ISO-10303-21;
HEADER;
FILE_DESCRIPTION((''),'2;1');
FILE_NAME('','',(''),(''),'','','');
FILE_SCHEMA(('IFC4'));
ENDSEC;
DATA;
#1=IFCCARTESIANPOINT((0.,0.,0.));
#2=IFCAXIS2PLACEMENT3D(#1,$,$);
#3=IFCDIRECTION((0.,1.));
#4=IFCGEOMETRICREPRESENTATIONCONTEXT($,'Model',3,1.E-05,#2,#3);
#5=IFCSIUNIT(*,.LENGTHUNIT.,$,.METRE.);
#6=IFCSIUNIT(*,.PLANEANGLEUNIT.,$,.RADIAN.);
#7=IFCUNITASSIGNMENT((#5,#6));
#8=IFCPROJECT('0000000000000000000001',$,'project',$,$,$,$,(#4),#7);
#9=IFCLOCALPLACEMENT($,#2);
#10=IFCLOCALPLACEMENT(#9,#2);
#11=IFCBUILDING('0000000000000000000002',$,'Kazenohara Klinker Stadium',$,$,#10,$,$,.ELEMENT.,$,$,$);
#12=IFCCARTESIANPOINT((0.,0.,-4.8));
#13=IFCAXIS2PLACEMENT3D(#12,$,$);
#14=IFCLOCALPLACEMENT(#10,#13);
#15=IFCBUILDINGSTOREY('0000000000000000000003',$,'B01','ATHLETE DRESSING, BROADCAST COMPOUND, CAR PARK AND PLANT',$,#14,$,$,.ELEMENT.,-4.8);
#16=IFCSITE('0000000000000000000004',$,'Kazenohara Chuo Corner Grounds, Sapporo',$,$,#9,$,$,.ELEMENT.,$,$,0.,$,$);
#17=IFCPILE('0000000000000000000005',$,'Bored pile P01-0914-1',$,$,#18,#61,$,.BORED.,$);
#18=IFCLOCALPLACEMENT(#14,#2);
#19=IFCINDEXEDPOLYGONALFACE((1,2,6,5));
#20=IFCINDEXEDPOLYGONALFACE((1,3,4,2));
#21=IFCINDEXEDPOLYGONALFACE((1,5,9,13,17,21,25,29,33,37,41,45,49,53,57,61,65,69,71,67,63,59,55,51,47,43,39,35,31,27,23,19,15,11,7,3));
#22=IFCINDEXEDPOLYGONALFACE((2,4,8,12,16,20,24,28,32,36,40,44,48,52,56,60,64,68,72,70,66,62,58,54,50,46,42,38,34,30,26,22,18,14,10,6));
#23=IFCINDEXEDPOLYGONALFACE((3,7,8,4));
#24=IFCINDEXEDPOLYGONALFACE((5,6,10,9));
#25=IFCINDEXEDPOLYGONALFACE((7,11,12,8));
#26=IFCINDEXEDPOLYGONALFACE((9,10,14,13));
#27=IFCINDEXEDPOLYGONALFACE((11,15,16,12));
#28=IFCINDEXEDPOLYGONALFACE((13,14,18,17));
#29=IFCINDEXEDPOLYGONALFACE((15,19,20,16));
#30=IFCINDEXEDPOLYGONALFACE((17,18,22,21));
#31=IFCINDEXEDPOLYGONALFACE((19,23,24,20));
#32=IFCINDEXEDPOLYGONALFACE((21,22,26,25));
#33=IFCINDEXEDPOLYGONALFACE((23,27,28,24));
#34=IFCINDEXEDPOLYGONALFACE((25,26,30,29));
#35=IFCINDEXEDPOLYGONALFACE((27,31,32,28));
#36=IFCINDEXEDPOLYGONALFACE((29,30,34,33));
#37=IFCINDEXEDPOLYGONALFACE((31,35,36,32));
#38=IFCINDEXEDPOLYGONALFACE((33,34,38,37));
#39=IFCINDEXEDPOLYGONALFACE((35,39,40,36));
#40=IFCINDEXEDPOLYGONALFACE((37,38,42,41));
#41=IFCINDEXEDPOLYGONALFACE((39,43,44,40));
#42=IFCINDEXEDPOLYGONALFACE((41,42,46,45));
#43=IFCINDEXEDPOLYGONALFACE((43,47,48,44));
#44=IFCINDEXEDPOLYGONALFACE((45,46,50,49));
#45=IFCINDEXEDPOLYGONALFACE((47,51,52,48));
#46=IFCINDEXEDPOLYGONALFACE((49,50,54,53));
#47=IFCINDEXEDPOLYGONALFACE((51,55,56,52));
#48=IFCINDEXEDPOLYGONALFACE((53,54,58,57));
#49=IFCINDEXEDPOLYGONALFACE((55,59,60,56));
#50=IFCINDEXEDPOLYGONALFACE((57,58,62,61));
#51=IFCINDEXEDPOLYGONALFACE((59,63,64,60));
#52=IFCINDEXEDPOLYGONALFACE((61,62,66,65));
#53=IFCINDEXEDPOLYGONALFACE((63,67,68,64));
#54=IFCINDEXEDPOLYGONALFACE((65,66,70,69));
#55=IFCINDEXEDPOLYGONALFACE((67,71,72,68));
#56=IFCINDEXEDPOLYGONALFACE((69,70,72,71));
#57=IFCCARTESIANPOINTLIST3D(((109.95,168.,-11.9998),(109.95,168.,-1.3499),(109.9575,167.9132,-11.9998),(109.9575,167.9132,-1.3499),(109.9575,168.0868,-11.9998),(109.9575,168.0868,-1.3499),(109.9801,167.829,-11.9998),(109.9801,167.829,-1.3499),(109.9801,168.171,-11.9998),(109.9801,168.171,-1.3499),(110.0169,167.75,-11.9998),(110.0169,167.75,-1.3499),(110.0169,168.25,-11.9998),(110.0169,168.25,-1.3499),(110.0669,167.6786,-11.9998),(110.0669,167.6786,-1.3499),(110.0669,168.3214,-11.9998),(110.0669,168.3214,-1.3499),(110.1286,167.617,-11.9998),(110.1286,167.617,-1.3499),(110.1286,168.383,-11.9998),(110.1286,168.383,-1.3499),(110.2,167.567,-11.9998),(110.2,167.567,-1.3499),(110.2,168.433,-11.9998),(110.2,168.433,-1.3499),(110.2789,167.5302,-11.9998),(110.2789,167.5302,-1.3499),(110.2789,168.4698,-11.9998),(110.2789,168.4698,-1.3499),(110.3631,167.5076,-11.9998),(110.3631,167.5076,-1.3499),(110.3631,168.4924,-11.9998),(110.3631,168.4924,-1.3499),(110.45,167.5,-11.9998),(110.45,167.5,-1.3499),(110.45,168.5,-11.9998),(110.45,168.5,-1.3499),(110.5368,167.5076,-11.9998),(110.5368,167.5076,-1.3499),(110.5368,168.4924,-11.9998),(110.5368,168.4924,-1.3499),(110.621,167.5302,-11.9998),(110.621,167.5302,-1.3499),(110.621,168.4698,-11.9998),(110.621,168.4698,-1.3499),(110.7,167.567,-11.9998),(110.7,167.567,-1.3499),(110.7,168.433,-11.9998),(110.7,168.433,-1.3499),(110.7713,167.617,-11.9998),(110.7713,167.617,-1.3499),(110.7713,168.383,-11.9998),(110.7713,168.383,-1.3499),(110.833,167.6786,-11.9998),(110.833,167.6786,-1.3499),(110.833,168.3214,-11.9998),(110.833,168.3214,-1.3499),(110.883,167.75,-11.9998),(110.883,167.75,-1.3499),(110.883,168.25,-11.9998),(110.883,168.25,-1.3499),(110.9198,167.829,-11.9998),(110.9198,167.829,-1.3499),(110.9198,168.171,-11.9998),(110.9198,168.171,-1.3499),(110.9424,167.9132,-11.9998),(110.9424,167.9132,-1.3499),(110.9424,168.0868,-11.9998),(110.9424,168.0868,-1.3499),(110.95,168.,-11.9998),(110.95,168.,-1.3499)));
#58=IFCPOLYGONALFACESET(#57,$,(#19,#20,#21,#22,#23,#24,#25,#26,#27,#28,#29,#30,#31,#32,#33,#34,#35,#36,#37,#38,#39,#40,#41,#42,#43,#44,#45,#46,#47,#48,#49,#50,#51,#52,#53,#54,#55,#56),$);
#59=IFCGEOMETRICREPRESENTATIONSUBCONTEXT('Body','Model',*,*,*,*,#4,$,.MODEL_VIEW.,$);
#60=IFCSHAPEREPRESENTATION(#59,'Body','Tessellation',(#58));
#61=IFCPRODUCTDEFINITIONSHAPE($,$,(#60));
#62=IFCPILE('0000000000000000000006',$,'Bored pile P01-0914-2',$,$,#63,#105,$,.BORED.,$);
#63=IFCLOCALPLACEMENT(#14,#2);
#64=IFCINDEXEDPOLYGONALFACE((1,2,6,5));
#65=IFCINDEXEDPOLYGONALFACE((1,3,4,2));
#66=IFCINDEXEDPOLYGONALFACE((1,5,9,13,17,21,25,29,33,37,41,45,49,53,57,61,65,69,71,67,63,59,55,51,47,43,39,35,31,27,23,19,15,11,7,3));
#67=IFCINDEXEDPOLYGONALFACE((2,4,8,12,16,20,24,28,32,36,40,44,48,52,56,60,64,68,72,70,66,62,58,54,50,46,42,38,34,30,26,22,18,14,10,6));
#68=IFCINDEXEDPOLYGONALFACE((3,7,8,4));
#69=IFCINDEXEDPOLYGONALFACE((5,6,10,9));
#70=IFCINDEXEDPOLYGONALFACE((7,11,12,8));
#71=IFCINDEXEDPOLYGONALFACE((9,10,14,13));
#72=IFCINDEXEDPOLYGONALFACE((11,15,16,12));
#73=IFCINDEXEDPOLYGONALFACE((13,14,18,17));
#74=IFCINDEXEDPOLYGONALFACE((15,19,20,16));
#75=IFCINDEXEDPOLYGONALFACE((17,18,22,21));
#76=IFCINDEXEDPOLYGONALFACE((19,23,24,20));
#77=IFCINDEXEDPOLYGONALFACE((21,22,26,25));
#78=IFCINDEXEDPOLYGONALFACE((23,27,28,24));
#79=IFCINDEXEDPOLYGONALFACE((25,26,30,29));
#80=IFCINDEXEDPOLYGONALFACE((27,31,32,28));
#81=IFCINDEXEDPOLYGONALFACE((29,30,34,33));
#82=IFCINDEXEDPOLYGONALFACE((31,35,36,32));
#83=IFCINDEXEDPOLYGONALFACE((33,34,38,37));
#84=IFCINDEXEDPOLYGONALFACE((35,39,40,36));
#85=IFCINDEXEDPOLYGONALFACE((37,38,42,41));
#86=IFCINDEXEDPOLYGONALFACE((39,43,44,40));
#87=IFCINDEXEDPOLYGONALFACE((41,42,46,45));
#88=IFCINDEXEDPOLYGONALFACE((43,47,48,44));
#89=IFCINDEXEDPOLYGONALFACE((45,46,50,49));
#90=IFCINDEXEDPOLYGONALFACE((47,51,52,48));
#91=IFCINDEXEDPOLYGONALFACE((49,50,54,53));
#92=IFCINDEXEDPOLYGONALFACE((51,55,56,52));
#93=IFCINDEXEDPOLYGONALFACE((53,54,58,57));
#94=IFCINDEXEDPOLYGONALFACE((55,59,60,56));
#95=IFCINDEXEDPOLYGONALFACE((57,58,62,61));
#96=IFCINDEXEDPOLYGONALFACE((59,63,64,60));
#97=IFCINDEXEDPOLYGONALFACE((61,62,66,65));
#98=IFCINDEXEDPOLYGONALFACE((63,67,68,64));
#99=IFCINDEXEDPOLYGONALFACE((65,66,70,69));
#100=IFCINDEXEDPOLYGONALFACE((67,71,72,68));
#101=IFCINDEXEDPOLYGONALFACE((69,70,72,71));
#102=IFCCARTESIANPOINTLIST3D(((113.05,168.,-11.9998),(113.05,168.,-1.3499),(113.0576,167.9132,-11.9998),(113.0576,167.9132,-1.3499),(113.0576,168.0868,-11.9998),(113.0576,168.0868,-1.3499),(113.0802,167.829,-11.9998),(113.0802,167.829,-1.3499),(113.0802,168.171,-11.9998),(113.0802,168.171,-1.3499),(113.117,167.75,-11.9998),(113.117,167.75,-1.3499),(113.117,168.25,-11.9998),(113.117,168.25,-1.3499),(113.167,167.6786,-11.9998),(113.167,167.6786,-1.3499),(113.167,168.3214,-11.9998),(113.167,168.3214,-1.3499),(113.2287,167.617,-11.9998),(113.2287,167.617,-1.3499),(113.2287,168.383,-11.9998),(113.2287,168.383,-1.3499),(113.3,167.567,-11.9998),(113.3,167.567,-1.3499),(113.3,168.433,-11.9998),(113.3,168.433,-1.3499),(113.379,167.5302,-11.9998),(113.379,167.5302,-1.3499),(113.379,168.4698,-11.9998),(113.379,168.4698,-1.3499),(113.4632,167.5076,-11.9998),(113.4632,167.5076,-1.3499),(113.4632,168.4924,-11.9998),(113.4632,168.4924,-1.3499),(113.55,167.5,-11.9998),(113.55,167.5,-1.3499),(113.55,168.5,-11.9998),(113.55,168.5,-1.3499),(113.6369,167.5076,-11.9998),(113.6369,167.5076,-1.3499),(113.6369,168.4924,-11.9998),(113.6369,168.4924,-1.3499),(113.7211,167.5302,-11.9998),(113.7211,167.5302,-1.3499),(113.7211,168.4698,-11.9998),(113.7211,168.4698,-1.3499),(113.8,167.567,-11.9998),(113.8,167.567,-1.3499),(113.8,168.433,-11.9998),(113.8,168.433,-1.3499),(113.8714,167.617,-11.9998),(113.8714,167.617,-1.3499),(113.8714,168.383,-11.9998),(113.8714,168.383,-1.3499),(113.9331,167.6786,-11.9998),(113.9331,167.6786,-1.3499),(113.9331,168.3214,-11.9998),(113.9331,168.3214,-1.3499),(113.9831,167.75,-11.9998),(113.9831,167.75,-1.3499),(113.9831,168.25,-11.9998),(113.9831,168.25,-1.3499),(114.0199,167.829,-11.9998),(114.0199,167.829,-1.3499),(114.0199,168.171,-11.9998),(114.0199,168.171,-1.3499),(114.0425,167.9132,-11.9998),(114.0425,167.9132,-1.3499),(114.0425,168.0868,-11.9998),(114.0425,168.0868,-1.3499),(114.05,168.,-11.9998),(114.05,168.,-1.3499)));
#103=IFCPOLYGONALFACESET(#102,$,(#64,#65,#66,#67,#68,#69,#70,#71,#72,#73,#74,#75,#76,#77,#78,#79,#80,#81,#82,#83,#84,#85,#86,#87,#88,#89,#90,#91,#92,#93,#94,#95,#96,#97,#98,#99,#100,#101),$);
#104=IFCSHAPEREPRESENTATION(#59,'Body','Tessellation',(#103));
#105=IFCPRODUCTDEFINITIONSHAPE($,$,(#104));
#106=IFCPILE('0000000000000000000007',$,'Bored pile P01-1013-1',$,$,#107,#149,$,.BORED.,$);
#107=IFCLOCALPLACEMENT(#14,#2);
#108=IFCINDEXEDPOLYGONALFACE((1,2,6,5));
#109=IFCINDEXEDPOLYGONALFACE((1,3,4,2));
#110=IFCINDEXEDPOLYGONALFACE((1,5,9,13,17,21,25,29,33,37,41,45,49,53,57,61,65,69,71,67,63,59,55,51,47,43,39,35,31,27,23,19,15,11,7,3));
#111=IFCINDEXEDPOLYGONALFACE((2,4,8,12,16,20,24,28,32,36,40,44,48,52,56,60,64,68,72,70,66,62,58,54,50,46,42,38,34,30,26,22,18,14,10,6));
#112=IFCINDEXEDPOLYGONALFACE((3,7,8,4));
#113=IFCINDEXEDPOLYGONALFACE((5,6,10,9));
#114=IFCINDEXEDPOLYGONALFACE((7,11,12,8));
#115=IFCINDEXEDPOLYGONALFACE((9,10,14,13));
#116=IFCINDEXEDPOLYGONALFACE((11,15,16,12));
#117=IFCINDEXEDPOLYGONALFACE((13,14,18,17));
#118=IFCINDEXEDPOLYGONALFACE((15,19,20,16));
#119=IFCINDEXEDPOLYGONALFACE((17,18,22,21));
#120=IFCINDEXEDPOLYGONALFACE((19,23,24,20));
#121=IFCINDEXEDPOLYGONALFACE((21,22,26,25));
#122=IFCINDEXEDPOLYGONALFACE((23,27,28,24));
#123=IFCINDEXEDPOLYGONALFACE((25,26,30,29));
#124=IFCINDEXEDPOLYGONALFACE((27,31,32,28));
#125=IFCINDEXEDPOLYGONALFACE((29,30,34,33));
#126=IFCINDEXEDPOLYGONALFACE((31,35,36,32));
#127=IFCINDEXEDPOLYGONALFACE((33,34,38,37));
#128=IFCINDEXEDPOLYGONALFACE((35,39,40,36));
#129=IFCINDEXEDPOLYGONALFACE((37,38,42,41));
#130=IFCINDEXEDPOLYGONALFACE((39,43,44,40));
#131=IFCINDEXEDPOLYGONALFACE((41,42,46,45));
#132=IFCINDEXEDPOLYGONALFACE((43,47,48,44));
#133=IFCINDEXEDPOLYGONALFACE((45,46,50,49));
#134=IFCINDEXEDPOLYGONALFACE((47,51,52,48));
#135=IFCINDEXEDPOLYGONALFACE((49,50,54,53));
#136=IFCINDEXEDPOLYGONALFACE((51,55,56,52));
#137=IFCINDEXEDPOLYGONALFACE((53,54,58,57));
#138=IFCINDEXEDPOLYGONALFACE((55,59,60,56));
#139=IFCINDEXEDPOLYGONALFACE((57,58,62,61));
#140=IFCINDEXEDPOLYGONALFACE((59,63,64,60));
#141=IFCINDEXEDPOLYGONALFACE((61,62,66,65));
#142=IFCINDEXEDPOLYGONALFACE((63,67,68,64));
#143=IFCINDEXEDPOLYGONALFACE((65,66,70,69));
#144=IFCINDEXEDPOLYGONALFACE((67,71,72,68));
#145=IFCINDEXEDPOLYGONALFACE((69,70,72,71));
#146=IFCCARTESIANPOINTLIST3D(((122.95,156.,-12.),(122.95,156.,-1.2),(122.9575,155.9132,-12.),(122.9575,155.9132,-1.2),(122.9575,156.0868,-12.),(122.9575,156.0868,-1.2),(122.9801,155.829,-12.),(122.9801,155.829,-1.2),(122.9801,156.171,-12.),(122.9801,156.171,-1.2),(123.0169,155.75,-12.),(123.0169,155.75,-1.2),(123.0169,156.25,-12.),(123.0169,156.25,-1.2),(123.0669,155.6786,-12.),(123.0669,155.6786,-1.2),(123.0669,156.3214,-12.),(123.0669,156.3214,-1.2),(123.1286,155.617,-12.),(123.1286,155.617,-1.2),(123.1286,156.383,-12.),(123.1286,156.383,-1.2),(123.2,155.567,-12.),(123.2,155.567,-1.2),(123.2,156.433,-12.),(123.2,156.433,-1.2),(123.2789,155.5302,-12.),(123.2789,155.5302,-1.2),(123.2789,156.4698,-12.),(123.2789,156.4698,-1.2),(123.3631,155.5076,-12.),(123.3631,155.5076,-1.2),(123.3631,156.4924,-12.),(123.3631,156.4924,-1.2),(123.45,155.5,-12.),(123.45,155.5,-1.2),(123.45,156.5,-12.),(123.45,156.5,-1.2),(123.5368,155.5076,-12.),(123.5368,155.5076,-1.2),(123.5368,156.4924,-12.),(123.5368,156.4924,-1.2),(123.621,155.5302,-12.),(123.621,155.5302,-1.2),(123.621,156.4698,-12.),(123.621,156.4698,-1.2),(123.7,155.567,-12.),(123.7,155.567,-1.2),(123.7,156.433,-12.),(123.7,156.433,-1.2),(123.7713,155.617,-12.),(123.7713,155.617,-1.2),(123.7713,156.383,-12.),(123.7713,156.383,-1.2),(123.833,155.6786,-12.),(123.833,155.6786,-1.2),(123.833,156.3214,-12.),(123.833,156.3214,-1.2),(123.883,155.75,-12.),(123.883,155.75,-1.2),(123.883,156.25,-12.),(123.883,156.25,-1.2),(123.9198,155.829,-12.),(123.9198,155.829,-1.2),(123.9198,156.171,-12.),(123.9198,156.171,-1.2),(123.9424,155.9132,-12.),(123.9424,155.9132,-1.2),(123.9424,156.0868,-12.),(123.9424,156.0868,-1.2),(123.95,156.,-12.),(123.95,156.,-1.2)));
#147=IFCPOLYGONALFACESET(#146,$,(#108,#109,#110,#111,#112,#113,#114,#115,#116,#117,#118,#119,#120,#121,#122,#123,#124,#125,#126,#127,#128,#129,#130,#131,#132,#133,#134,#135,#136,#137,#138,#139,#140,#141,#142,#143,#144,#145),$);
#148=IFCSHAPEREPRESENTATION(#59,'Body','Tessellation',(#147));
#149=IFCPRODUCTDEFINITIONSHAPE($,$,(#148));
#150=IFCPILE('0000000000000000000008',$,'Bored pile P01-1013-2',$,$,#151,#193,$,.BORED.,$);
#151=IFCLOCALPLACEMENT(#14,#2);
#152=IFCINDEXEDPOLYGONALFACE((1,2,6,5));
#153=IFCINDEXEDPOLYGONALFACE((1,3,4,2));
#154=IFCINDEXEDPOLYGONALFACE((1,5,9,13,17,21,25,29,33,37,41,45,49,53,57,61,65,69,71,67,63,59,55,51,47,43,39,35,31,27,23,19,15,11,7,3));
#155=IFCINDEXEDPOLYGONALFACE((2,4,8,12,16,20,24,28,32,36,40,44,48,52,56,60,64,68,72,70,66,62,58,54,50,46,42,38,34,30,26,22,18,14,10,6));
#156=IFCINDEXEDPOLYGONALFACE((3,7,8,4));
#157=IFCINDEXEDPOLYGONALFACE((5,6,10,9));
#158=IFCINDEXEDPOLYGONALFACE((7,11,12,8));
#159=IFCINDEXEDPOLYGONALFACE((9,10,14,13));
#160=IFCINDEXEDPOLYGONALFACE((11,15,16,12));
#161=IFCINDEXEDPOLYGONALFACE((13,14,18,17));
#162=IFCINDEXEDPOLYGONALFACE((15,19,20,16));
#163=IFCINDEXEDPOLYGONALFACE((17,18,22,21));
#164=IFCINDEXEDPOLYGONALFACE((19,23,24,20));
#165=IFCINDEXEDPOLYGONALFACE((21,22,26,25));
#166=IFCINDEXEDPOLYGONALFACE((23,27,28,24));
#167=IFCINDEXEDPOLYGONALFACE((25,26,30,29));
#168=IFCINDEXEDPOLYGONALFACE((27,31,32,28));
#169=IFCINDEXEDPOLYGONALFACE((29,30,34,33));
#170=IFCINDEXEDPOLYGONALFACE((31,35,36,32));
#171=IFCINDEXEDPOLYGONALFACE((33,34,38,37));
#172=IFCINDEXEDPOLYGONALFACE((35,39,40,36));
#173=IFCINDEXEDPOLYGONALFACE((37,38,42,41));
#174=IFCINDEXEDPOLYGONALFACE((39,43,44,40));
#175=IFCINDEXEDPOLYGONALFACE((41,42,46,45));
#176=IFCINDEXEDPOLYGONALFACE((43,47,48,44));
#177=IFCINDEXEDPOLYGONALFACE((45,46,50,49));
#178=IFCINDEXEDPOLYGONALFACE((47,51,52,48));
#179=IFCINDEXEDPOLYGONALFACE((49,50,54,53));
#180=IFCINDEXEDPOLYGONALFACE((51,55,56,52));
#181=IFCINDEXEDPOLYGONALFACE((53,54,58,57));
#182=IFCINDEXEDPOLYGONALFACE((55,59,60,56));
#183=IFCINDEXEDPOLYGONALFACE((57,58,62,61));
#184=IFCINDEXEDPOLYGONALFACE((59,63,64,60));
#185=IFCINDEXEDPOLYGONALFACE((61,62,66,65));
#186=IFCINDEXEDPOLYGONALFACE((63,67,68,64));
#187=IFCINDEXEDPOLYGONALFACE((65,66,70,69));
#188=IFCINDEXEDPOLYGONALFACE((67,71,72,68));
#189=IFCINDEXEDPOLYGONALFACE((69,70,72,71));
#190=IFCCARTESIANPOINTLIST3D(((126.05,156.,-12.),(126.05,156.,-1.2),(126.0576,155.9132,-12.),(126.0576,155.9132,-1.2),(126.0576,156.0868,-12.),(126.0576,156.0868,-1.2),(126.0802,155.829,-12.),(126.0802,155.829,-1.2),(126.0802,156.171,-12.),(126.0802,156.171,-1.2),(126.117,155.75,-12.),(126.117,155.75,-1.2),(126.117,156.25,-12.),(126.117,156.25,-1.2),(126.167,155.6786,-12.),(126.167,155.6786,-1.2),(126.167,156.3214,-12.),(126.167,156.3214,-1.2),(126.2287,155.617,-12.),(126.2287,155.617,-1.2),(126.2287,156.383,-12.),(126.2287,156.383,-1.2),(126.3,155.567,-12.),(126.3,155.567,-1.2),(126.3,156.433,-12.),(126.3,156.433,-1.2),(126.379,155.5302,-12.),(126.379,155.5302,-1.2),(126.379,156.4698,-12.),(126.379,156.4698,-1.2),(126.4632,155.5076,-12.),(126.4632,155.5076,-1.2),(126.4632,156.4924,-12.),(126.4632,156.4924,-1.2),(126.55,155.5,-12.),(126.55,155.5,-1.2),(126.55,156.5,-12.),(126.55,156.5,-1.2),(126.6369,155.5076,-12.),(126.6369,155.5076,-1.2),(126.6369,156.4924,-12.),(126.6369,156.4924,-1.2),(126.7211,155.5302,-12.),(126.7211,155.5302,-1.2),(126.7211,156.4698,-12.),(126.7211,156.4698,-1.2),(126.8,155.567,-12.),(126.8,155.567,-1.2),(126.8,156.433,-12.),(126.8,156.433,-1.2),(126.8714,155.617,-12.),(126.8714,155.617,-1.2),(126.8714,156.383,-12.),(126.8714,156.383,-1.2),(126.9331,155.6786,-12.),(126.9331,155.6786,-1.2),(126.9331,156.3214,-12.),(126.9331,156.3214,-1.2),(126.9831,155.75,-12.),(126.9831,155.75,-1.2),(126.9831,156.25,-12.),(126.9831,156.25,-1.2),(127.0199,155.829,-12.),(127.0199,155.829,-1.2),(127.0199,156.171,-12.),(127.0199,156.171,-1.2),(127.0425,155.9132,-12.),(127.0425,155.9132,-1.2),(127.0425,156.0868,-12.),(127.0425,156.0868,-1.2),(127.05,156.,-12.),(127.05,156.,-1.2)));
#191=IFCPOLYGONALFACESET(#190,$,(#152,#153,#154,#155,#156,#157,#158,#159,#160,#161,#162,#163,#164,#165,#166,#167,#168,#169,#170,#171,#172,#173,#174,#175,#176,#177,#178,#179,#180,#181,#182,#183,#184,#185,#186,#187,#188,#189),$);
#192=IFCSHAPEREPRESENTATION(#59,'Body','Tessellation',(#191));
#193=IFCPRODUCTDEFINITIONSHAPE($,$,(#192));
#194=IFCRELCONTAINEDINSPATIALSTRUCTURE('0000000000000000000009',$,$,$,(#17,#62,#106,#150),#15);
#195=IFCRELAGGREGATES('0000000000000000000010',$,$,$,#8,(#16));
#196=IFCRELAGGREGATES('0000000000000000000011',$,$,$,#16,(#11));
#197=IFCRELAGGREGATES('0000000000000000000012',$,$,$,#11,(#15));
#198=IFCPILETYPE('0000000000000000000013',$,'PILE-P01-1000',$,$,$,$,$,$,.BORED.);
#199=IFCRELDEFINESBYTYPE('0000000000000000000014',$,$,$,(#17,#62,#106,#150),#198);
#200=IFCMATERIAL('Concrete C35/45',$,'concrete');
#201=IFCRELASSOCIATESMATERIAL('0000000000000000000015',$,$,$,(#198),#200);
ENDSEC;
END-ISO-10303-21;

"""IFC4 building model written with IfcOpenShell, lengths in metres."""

from ifc_helpers import new_model, si_unit, direction, frame, origin, origin_2d, place, context, subcontext, project, spatial, circle, extrude, material, material_profile, profile_set, type_object, element, save


model = new_model("IFC4")

# Units and contexts
model_context = context("Model", 3, precision=1e-05, world=origin(), true_north=direction((0.0, 1.0)))
body_context = subcontext(model_context, "Body", "Model", "MODEL_VIEW")
ifc_project = project(units=[si_unit("LENGTHUNIT", "METRE"), si_unit("PLANEANGLEUNIT", "RADIAN")], contexts=[model_context])

# Site, building, storey
site_placement = place(None, origin())
site = spatial("IfcSite", under=ifc_project, at=site_placement, Name="Kazenohara Chuo Corner Grounds, Sapporo", CompositionType="ELEMENT", RefElevation=0.0)
building_placement = place(site_placement, origin())
building = spatial("IfcBuilding", under=site, at=building_placement, Name="Kazenohara Klinker Stadium", CompositionType="ELEMENT")
storey_placement = place(building_placement, frame((0.0, 0.0, -4.8)))
storey = spatial("IfcBuildingStorey", under=building, at=storey_placement, Name="B01", Description="ATHLETE DRESSING, BROADCAST COMPOUND, CAR PARK AND PLANT", CompositionType="ELEMENT", Elevation=-4.8)

# Shared definitions
ifc_material_1 = material(Name="Concrete C35/45", Category="concrete")

# Piles
ifc_material_profile_1 = material_profile(ifc_material_1, circle(Radius=0.5, at=origin_2d()), Name="BORED-PILE-1000")
ifc_profile_set_1 = profile_set([ifc_material_profile_1], Name="Concrete C35/45")
pile_type = type_object("IfcPileType", Name="PILE-P01-1000", PredefinedType="BORED", material=ifc_profile_set_1)
for number, where, z_axis, x_axis, name in (
    (1, (110.45, 168.0, -1.3499), (0.0, 0.0, -1.0), (1.0, 0.0, 0.0), "Bored pile P01-0914-1"),
    (2, (113.55, 168.0, -1.3499), (0.0, 0.0, -1.0), (1.0, 0.0, 0.0), "Bored pile P01-0914-2"),
):
    element("IfcPile", number, at=place(storey_placement, frame(where, z_axis=z_axis, x_axis=x_axis)), inside=storey, type_object=pile_type, Name=name, PredefinedType="BORED", context=body_context, shape_type="SweptSolid", body=[
        extrude(circle(Radius=0.5, at=origin_2d()), origin(), (0.0, 0.0, 1.0), 10.6499),
    ])
for number, where, z_axis, x_axis, name in (
    (3, (123.45, 156.0, -1.2), (0.0, 0.0, -1.0), (1.0, 0.0, 0.0), "Bored pile P01-1013-1"),
    (4, (126.55, 156.0, -1.2), (0.0, 0.0, -1.0), (1.0, 0.0, 0.0), "Bored pile P01-1013-2"),
):
    element("IfcPile", number, at=place(storey_placement, frame(where, z_axis=z_axis, x_axis=x_axis)), inside=storey, type_object=pile_type, Name=name, PredefinedType="BORED", context=body_context, shape_type="SweptSolid", body=[
        extrude(circle(Radius=0.5, at=origin_2d()), origin(), (0.0, 0.0, 1.0), 10.8),
    ])

save(model, "model.ifc")
